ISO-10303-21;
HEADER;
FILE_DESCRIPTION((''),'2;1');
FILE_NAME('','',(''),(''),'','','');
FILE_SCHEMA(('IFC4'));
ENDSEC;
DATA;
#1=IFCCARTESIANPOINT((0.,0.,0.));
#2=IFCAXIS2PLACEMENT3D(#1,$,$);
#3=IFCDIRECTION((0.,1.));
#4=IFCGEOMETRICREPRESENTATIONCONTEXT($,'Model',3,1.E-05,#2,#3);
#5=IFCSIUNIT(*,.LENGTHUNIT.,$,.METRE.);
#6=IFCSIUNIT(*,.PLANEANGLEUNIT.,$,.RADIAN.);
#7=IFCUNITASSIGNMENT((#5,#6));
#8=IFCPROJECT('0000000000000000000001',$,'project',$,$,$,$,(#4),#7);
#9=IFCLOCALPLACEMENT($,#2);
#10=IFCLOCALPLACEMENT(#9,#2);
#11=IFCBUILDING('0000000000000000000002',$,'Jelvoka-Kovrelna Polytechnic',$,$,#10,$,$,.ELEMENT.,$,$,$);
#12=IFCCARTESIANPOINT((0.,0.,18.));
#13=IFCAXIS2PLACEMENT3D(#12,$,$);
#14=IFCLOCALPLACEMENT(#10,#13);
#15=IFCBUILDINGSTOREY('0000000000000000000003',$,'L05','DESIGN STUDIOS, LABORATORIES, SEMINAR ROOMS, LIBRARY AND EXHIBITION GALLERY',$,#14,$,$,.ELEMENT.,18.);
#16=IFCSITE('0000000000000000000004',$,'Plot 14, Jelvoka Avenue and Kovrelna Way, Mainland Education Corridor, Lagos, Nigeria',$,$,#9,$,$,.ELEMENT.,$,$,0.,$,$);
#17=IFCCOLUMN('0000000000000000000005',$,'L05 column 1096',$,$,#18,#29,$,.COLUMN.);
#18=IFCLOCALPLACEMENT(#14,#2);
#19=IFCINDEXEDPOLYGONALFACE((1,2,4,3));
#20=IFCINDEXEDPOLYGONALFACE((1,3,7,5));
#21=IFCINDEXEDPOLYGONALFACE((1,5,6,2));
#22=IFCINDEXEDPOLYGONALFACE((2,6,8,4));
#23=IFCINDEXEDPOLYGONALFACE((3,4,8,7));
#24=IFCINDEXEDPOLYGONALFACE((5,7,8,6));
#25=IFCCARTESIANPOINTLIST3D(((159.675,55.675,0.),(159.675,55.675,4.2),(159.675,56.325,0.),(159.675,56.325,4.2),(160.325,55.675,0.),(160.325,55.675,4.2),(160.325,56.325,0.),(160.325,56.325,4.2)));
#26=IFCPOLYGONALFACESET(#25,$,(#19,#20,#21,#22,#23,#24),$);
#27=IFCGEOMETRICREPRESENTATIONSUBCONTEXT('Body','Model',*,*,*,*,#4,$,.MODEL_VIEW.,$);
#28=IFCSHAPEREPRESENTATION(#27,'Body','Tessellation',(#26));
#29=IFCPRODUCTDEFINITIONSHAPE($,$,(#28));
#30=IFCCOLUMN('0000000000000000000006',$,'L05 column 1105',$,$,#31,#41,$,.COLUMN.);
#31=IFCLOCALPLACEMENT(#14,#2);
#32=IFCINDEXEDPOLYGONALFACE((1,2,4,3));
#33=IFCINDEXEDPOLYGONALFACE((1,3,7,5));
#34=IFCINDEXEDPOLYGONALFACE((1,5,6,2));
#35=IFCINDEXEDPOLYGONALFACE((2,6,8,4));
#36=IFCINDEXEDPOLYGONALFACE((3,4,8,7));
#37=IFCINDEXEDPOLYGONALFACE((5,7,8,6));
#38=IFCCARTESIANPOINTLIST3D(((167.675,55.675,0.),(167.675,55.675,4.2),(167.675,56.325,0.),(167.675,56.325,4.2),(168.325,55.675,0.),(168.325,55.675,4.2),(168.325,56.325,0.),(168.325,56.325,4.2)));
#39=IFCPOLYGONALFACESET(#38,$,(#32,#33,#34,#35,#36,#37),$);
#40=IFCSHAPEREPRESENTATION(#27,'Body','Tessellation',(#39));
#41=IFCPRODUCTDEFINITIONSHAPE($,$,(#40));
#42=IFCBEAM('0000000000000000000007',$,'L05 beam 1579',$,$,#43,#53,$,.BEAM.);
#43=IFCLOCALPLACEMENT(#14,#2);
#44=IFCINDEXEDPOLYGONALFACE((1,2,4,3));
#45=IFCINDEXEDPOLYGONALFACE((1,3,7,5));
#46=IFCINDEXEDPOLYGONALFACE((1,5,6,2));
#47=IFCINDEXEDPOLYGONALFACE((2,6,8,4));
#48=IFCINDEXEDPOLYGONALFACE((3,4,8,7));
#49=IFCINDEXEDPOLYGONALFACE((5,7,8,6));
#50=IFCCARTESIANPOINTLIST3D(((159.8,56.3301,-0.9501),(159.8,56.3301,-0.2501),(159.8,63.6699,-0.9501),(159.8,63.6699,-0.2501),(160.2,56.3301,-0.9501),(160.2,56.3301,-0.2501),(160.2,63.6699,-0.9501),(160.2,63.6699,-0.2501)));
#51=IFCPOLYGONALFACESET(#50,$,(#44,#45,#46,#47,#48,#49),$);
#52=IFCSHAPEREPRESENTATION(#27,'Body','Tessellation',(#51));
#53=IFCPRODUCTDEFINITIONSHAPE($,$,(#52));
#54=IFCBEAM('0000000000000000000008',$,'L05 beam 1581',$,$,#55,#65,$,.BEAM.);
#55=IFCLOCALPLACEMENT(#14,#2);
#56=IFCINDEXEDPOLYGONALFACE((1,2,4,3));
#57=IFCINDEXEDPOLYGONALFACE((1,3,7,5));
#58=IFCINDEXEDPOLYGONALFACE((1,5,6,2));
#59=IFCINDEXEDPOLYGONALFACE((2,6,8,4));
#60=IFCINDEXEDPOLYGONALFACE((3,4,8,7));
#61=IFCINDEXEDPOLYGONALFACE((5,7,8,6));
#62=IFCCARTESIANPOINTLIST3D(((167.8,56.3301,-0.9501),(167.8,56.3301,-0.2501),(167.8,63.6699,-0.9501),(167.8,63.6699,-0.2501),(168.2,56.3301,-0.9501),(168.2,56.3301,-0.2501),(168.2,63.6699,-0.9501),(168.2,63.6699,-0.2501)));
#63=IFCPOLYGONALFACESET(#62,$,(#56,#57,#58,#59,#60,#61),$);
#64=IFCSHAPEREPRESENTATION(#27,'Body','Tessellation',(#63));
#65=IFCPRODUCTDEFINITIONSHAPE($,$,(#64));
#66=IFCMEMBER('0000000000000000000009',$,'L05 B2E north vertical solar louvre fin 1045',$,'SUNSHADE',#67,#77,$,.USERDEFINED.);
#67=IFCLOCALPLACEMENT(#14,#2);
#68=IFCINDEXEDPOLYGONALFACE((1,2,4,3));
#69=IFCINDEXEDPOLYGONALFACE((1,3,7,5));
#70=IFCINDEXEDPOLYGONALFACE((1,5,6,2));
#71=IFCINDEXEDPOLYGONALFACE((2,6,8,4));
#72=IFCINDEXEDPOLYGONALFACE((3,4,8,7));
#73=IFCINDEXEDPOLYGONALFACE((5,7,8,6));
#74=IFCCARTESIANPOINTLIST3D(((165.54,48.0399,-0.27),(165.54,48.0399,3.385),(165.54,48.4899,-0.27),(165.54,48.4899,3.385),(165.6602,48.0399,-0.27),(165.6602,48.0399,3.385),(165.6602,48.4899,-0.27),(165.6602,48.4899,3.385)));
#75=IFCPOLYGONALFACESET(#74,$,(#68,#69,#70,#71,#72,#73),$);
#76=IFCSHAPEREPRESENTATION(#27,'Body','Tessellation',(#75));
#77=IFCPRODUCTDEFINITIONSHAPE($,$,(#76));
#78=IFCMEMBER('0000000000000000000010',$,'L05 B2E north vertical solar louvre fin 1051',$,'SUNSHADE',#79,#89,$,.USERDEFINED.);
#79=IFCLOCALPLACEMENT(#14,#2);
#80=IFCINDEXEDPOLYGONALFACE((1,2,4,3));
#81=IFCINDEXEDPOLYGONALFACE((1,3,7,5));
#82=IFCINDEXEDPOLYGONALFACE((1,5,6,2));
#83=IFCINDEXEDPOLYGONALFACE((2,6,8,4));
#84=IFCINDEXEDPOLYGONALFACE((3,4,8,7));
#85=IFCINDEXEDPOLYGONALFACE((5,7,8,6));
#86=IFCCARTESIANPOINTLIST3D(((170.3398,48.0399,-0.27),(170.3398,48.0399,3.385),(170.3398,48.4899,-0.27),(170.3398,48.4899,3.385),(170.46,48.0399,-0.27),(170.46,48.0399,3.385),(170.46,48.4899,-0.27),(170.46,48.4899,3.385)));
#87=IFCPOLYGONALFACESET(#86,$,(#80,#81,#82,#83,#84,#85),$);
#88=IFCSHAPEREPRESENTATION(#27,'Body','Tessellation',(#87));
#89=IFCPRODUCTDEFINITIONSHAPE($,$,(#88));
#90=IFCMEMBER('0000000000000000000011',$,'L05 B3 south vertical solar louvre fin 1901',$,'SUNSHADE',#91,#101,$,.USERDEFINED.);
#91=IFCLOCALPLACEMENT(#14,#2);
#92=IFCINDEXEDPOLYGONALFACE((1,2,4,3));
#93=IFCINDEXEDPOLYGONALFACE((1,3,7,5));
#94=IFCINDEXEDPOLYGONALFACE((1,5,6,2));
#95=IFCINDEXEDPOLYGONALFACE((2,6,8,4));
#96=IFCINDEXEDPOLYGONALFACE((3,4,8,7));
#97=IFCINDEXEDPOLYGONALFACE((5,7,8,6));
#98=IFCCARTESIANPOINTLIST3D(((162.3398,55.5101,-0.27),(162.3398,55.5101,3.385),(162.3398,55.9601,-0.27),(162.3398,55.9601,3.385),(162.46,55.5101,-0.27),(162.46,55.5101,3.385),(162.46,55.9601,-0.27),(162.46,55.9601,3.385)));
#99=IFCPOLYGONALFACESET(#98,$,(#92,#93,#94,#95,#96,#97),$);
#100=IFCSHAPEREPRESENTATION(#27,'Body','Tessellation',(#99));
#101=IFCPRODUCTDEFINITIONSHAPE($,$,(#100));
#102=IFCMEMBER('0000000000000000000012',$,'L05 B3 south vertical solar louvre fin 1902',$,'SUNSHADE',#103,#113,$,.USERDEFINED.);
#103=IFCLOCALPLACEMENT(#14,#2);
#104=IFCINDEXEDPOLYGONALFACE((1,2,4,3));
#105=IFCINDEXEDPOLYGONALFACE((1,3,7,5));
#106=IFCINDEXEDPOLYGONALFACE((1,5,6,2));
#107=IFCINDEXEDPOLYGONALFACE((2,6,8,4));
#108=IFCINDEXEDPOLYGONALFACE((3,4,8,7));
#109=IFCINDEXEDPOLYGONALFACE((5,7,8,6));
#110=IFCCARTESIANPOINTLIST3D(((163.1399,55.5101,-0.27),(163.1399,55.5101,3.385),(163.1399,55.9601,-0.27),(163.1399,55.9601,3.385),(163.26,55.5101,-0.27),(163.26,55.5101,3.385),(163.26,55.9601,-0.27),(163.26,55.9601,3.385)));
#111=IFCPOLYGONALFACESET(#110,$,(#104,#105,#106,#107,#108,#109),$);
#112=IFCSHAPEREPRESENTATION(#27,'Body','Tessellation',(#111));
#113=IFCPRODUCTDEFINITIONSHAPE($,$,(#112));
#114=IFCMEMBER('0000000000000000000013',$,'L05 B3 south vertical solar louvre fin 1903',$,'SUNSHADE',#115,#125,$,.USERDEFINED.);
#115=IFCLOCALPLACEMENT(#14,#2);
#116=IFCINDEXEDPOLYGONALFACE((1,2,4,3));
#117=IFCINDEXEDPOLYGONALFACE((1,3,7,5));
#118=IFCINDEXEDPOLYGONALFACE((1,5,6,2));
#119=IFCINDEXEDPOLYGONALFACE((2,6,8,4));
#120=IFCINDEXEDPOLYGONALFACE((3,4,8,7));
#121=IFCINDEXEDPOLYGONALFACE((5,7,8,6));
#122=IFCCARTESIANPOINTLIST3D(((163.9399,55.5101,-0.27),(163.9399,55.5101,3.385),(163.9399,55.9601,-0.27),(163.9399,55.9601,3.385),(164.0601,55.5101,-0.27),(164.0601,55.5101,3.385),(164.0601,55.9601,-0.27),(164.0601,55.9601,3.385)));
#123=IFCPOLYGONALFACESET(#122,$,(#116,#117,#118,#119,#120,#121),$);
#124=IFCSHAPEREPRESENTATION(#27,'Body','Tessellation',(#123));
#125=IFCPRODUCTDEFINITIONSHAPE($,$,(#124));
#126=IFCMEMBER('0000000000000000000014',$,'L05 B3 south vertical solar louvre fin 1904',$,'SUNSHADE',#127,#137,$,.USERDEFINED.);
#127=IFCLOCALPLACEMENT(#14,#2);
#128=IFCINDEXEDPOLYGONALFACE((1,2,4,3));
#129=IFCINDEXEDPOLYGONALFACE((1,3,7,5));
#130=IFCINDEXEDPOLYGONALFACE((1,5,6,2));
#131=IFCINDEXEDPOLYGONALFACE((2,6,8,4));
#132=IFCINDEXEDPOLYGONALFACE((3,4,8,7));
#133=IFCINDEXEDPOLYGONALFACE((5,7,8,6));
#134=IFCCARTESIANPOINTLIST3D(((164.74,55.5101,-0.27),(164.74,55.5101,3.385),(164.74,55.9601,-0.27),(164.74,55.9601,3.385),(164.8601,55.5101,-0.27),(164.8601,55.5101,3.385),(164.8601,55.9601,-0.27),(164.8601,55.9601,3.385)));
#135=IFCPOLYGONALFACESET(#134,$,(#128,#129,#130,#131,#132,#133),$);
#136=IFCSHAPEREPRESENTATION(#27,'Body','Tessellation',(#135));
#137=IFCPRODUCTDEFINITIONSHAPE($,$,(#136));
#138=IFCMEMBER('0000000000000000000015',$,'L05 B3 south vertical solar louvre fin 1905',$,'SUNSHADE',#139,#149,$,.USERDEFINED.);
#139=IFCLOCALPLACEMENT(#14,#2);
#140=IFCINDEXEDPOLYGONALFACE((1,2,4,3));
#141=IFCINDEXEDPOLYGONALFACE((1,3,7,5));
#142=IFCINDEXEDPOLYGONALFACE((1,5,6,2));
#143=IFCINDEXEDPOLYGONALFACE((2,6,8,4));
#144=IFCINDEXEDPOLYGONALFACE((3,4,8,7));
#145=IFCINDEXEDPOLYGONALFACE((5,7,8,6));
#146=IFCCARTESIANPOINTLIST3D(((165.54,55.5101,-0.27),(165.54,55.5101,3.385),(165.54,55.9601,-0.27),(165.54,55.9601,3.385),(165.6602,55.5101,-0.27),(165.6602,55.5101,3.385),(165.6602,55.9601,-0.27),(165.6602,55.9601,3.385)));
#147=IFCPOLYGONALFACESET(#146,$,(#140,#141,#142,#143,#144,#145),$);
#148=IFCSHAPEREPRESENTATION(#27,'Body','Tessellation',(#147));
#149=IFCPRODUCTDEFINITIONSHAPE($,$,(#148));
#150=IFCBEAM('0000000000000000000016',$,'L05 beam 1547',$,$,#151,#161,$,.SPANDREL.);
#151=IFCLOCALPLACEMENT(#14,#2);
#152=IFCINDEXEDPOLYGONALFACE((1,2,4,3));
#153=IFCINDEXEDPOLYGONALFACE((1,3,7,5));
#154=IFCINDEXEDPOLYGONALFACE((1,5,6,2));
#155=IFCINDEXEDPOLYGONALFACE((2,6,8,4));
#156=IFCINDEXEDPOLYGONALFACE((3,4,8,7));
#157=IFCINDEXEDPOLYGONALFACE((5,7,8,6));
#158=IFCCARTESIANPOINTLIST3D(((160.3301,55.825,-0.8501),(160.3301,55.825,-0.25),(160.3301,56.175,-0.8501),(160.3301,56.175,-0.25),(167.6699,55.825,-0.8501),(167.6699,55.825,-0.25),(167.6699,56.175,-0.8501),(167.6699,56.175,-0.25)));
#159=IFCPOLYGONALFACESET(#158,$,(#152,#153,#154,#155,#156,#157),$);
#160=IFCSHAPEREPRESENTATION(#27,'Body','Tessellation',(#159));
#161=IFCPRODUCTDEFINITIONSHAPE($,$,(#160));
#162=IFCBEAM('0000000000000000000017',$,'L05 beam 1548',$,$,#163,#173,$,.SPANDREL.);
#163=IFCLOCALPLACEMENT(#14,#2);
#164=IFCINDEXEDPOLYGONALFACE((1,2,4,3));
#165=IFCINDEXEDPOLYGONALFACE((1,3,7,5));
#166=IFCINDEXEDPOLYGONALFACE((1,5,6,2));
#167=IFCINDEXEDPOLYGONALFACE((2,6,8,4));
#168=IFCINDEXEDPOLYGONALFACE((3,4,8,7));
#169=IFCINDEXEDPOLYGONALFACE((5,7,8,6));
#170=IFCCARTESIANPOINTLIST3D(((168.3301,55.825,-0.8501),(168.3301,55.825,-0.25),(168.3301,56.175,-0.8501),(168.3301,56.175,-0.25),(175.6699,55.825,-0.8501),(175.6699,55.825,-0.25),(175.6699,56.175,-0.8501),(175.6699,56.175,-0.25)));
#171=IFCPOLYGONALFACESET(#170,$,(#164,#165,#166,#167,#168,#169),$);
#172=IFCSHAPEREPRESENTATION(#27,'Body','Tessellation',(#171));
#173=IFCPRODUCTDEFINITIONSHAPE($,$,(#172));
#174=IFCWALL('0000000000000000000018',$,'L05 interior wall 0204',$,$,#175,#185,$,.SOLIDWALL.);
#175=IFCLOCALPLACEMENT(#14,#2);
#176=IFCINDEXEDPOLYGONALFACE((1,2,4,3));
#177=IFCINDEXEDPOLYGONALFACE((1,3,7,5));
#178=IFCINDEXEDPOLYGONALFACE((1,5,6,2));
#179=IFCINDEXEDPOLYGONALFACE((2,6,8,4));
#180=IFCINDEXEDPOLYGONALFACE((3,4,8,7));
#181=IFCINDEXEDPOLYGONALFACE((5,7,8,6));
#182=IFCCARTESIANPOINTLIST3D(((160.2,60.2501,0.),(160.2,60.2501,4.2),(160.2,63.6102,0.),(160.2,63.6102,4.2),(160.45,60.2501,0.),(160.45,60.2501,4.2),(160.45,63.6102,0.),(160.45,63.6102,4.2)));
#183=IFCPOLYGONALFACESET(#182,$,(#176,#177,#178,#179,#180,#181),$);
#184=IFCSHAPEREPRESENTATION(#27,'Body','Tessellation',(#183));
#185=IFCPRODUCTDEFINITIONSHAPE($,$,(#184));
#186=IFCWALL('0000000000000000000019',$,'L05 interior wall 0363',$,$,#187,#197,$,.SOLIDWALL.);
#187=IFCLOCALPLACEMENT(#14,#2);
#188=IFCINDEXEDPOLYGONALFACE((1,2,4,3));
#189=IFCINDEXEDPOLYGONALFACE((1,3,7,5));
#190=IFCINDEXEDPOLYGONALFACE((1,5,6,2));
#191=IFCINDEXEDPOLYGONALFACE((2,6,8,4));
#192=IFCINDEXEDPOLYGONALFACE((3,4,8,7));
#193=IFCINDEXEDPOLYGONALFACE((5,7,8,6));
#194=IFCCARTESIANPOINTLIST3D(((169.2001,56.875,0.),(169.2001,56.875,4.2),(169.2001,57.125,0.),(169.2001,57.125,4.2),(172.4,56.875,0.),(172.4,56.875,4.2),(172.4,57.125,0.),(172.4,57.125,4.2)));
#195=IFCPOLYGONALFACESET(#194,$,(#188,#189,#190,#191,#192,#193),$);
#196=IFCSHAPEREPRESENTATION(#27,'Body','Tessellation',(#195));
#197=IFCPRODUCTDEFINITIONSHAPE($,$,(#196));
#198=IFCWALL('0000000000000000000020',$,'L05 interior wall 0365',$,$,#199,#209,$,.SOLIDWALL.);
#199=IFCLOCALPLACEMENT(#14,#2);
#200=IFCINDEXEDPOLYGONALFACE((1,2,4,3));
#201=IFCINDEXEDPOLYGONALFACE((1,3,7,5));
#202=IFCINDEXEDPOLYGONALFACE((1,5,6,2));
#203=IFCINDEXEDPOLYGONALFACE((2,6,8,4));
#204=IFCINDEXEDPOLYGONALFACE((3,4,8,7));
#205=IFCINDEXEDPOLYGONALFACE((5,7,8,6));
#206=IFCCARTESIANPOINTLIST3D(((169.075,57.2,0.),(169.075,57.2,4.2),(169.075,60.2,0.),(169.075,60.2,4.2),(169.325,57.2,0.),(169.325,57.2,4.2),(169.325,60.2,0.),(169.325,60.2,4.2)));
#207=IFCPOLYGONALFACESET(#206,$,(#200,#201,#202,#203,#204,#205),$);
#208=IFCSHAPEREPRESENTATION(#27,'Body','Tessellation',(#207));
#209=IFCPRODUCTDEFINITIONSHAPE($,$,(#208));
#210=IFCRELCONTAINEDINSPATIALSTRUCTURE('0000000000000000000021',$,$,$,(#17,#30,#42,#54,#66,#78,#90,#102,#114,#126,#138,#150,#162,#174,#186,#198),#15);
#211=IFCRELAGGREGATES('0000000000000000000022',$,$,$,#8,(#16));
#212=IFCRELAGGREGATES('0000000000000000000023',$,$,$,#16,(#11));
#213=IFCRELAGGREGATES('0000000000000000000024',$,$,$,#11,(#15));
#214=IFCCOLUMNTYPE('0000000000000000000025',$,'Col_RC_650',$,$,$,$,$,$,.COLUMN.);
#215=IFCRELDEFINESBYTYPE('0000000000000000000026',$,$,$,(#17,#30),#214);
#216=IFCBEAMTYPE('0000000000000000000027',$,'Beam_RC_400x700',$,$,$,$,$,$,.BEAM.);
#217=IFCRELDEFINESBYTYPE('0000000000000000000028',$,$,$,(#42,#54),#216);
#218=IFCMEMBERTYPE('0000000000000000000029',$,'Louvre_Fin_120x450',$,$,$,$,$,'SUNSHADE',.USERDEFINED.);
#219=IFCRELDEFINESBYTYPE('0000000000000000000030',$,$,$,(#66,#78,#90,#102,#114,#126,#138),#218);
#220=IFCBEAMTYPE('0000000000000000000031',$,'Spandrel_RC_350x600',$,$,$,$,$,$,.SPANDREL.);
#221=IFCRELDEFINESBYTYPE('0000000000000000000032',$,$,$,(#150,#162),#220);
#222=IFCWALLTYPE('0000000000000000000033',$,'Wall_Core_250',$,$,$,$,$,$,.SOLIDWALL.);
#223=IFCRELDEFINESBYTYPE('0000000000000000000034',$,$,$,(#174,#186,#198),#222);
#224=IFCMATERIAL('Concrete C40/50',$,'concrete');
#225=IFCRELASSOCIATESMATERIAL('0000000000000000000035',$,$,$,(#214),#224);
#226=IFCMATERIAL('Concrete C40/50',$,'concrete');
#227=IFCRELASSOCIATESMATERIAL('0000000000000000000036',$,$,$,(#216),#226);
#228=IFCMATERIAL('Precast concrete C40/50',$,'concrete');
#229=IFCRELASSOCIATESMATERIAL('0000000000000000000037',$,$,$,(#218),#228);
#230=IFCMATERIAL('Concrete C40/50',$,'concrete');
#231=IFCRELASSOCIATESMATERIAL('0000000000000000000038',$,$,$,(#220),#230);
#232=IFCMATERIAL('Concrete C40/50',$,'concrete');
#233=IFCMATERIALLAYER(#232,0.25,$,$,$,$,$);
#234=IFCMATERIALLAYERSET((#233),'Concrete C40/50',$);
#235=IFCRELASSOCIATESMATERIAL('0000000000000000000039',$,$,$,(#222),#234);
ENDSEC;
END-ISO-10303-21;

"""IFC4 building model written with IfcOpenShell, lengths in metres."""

from ifc_helpers import new_model, si_unit, direction, frame, frame_2d, origin, origin_2d, place, context, subcontext, project, spatial, rectangle, extrude, material, layer, layer_set, material_profile, profile_set, type_object, element, save


model = new_model("IFC4")

# Units and contexts
model_context = context("Model", 3, precision=1e-05, world=origin(), true_north=direction((0.0, 1.0)))
body_context = subcontext(model_context, "Body", "Model", "MODEL_VIEW")
ifc_project = project(units=[si_unit("LENGTHUNIT", "METRE"), si_unit("PLANEANGLEUNIT", "RADIAN")], contexts=[model_context])

# Site, building, storey
site_placement = place(None, origin())
site = spatial("IfcSite", under=ifc_project, at=site_placement, Name="Plot 14, Jelvoka Avenue and Kovrelna Way, Mainland Education Corridor, Lagos, Nigeria", CompositionType="ELEMENT", RefElevation=0.0)
building_placement = place(site_placement, origin())
building = spatial("IfcBuilding", under=site, at=building_placement, Name="Jelvoka-Kovrelna Polytechnic", CompositionType="ELEMENT")
storey_placement = place(building_placement, frame((0.0, 0.0, 18.0)))
storey = spatial("IfcBuildingStorey", under=building, at=storey_placement, Name="L05", Description="DESIGN STUDIOS, LABORATORIES, SEMINAR ROOMS, LIBRARY AND EXHIBITION GALLERY", CompositionType="ELEMENT", Elevation=18.0)

# Columns
ifc_material_1 = material(Name="Concrete C40/50", Category="concrete")
ifc_material_profile_1 = material_profile(ifc_material_1, rectangle(XDim=0.6499, YDim=0.6499, at=origin_2d()), Name="RC 650x650")
ifc_profile_set_1 = profile_set([ifc_material_profile_1], Name="Concrete C40/50")
column_type = type_object("IfcColumnType", Name="Col_RC_650", PredefinedType="COLUMN", material=ifc_profile_set_1)
for number, where, z_axis, x_axis, name in (
    (1, (160.0, 56.0, 0.0), (0.0, 0.0, 1.0), (1.0, 0.0, 0.0), "L05 column 1096"),
    (2, (168.0, 56.0, 0.0), (0.0, 0.0, 1.0), (1.0, 0.0, 0.0), "L05 column 1105"),
):
    element("IfcColumn", number, at=place(storey_placement, frame(where, z_axis=z_axis, x_axis=x_axis)), inside=storey, type_object=column_type, Name=name, PredefinedType="COLUMN", context=body_context, shape_type="SweptSolid", body=[
        extrude(rectangle(XDim=0.6499, YDim=0.6499, at=origin_2d()), origin(), (0.0, 0.0, 1.0), 4.2),
    ])

# Beams
ifc_material_2 = material(Name="Concrete C40/50", Category="concrete")
ifc_material_profile_2 = material_profile(ifc_material_2, rectangle(XDim=0.3999, YDim=0.7, at=origin_2d()), Name="RC 400x700")
ifc_profile_set_2 = profile_set([ifc_material_profile_2], Name="Concrete C40/50")
beam_type_1 = type_object("IfcBeamType", Name="Beam_RC_400x700", PredefinedType="BEAM", material=ifc_profile_set_2)
for number, where, z_axis, x_axis, name in (
    (3, (160.0, 56.3301, -0.6001), (0.0, 1.0, 0.0), (-1.0, 0.0, 0.0), "L05 beam 1579"),
    (4, (168.0, 56.3301, -0.6001), (0.0, 1.0, 0.0), (-1.0, 0.0, 0.0), "L05 beam 1581"),
):
    element("IfcBeam", number, at=place(storey_placement, frame(where, z_axis=z_axis, x_axis=x_axis)), inside=storey, type_object=beam_type_1, Name=name, PredefinedType="BEAM", context=body_context, shape_type="SweptSolid", body=[
        extrude(rectangle(XDim=0.3999, YDim=0.7, at=origin_2d()), origin(), (0.0, 0.0, 1.0), 7.3398),
    ])

# Members
ifc_material_3 = material(Name="Precast concrete C40/50", Category="concrete")
ifc_material_profile_3 = material_profile(ifc_material_3, rectangle(XDim=0.1201, YDim=0.45, at=origin_2d()), Name="PC 120x450")
ifc_profile_set_3 = profile_set([ifc_material_profile_3], Name="Precast concrete C40/50")
member_type = type_object("IfcMemberType", Name="Louvre_Fin_120x450", ElementType="SUNSHADE", PredefinedType="USERDEFINED", material=ifc_profile_set_3)
for number, where, z_axis, x_axis, name in (
    (5, (165.6001, 48.2649, -0.27), (0.0, 0.0, 1.0), (1.0, 0.0, 0.0), "L05 B2E north vertical solar louvre fin 1045"),
    (6, (170.3999, 48.2649, -0.27), (0.0, 0.0, 1.0), (1.0, 0.0, 0.0), "L05 B2E north vertical solar louvre fin 1051"),
    (7, (162.3999, 55.7351, -0.27), (0.0, 0.0, 1.0), (1.0, 0.0, 0.0), "L05 B3 south vertical solar louvre fin 1901"),
    (8, (163.2, 55.7351, -0.27), (0.0, 0.0, 1.0), (1.0, 0.0, 0.0), "L05 B3 south vertical solar louvre fin 1902"),
    (9, (164.0, 55.7351, -0.27), (0.0, 0.0, 1.0), (1.0, 0.0, 0.0), "L05 B3 south vertical solar louvre fin 1903"),
    (10, (164.8, 55.7351, -0.27), (0.0, 0.0, 1.0), (1.0, 0.0, 0.0), "L05 B3 south vertical solar louvre fin 1904"),
    (11, (165.6001, 55.7351, -0.27), (0.0, 0.0, 1.0), (1.0, 0.0, 0.0), "L05 B3 south vertical solar louvre fin 1905"),
):
    element("IfcMember", number, at=place(storey_placement, frame(where, z_axis=z_axis, x_axis=x_axis)), inside=storey, type_object=member_type, Name=name, ObjectType="SUNSHADE", PredefinedType="USERDEFINED", context=body_context, shape_type="SweptSolid", body=[
        extrude(rectangle(XDim=0.1201, YDim=0.45, at=origin_2d()), origin(), (0.0, 0.0, 1.0), 3.655),
    ])

# Beams
ifc_material_4 = material(Name="Concrete C40/50", Category="concrete")
ifc_material_profile_4 = material_profile(ifc_material_4, rectangle(XDim=0.3501, YDim=0.6001, at=origin_2d()), Name="RC 350x600")
ifc_profile_set_4 = profile_set([ifc_material_profile_4], Name="Concrete C40/50")
beam_type_2 = type_object("IfcBeamType", Name="Spandrel_RC_350x600", PredefinedType="SPANDREL", material=ifc_profile_set_4)
for number, where, z_axis, x_axis, name in (
    (12, (160.3301, 56.0, -0.55), (1.0, 0.0, 0.0), (0.0, 1.0, 0.0), "L05 beam 1547"),
    (13, (168.3301, 56.0, -0.55), (1.0, 0.0, 0.0), (0.0, 1.0, 0.0), "L05 beam 1548"),
):
    element("IfcBeam", number, at=place(storey_placement, frame(where, z_axis=z_axis, x_axis=x_axis)), inside=storey, type_object=beam_type_2, Name=name, PredefinedType="SPANDREL", context=body_context, shape_type="SweptSolid", body=[
        extrude(rectangle(XDim=0.3501, YDim=0.6001, at=origin_2d()), origin(), (0.0, 0.0, 1.0), 7.3398),
    ])

# Walls
ifc_material_5 = material(Name="Concrete C40/50", Category="concrete")
ifc_layer_1 = layer(ifc_material_5, 0.25)
ifc_layer_set_1 = layer_set([ifc_layer_1], Name="Concrete C40/50")
wall_type_1 = type_object("IfcWallType", Name="Wall_Core_250", PredefinedType="SOLIDWALL", material=ifc_layer_set_1)
wall_1_placement = place(storey_placement, frame((160.325, 60.25, 0.0), z_axis=(0.0, 0.0, 1.0), x_axis=(0.0, 1.0, 0.0)))
element("IfcWall", 14, at=wall_1_placement, inside=storey, type_object=wall_type_1, Name="L05 interior wall 0204", PredefinedType="SOLIDWALL", context=body_context, shape_type="SweptSolid", body=[
    extrude(rectangle(XDim=3.3601, YDim=0.25, at=frame_2d((1.6802, 0.0))), origin(), (0.0, 0.0, 1.0), 4.2),
])
wall_2_placement = place(storey_placement, frame((169.2, 57.0, 0.0), z_axis=(0.0, 0.0, 1.0), x_axis=(1.0, 0.0, 0.0)))
element("IfcWall", 15, at=wall_2_placement, inside=storey, type_object=wall_type_1, Name="L05 interior wall 0363", PredefinedType="SOLIDWALL", context=body_context, shape_type="SweptSolid", body=[
    extrude(rectangle(XDim=3.2, YDim=0.25, at=frame_2d((1.6001, 0.0))), origin(), (0.0, 0.0, 1.0), 4.2),
])
wall_3_placement = place(storey_placement, frame((169.2, 57.2, 0.0), z_axis=(0.0, 0.0, 1.0), x_axis=(0.0, 1.0, 0.0)))
element("IfcWall", 16, at=wall_3_placement, inside=storey, type_object=wall_type_1, Name="L05 interior wall 0365", PredefinedType="SOLIDWALL", context=body_context, shape_type="SweptSolid", body=[
    extrude(rectangle(XDim=3.0, YDim=0.25, at=frame_2d((1.5, 0.0))), origin(), (0.0, 0.0, 1.0), 4.2),
])

save(model, "model.ifc")
